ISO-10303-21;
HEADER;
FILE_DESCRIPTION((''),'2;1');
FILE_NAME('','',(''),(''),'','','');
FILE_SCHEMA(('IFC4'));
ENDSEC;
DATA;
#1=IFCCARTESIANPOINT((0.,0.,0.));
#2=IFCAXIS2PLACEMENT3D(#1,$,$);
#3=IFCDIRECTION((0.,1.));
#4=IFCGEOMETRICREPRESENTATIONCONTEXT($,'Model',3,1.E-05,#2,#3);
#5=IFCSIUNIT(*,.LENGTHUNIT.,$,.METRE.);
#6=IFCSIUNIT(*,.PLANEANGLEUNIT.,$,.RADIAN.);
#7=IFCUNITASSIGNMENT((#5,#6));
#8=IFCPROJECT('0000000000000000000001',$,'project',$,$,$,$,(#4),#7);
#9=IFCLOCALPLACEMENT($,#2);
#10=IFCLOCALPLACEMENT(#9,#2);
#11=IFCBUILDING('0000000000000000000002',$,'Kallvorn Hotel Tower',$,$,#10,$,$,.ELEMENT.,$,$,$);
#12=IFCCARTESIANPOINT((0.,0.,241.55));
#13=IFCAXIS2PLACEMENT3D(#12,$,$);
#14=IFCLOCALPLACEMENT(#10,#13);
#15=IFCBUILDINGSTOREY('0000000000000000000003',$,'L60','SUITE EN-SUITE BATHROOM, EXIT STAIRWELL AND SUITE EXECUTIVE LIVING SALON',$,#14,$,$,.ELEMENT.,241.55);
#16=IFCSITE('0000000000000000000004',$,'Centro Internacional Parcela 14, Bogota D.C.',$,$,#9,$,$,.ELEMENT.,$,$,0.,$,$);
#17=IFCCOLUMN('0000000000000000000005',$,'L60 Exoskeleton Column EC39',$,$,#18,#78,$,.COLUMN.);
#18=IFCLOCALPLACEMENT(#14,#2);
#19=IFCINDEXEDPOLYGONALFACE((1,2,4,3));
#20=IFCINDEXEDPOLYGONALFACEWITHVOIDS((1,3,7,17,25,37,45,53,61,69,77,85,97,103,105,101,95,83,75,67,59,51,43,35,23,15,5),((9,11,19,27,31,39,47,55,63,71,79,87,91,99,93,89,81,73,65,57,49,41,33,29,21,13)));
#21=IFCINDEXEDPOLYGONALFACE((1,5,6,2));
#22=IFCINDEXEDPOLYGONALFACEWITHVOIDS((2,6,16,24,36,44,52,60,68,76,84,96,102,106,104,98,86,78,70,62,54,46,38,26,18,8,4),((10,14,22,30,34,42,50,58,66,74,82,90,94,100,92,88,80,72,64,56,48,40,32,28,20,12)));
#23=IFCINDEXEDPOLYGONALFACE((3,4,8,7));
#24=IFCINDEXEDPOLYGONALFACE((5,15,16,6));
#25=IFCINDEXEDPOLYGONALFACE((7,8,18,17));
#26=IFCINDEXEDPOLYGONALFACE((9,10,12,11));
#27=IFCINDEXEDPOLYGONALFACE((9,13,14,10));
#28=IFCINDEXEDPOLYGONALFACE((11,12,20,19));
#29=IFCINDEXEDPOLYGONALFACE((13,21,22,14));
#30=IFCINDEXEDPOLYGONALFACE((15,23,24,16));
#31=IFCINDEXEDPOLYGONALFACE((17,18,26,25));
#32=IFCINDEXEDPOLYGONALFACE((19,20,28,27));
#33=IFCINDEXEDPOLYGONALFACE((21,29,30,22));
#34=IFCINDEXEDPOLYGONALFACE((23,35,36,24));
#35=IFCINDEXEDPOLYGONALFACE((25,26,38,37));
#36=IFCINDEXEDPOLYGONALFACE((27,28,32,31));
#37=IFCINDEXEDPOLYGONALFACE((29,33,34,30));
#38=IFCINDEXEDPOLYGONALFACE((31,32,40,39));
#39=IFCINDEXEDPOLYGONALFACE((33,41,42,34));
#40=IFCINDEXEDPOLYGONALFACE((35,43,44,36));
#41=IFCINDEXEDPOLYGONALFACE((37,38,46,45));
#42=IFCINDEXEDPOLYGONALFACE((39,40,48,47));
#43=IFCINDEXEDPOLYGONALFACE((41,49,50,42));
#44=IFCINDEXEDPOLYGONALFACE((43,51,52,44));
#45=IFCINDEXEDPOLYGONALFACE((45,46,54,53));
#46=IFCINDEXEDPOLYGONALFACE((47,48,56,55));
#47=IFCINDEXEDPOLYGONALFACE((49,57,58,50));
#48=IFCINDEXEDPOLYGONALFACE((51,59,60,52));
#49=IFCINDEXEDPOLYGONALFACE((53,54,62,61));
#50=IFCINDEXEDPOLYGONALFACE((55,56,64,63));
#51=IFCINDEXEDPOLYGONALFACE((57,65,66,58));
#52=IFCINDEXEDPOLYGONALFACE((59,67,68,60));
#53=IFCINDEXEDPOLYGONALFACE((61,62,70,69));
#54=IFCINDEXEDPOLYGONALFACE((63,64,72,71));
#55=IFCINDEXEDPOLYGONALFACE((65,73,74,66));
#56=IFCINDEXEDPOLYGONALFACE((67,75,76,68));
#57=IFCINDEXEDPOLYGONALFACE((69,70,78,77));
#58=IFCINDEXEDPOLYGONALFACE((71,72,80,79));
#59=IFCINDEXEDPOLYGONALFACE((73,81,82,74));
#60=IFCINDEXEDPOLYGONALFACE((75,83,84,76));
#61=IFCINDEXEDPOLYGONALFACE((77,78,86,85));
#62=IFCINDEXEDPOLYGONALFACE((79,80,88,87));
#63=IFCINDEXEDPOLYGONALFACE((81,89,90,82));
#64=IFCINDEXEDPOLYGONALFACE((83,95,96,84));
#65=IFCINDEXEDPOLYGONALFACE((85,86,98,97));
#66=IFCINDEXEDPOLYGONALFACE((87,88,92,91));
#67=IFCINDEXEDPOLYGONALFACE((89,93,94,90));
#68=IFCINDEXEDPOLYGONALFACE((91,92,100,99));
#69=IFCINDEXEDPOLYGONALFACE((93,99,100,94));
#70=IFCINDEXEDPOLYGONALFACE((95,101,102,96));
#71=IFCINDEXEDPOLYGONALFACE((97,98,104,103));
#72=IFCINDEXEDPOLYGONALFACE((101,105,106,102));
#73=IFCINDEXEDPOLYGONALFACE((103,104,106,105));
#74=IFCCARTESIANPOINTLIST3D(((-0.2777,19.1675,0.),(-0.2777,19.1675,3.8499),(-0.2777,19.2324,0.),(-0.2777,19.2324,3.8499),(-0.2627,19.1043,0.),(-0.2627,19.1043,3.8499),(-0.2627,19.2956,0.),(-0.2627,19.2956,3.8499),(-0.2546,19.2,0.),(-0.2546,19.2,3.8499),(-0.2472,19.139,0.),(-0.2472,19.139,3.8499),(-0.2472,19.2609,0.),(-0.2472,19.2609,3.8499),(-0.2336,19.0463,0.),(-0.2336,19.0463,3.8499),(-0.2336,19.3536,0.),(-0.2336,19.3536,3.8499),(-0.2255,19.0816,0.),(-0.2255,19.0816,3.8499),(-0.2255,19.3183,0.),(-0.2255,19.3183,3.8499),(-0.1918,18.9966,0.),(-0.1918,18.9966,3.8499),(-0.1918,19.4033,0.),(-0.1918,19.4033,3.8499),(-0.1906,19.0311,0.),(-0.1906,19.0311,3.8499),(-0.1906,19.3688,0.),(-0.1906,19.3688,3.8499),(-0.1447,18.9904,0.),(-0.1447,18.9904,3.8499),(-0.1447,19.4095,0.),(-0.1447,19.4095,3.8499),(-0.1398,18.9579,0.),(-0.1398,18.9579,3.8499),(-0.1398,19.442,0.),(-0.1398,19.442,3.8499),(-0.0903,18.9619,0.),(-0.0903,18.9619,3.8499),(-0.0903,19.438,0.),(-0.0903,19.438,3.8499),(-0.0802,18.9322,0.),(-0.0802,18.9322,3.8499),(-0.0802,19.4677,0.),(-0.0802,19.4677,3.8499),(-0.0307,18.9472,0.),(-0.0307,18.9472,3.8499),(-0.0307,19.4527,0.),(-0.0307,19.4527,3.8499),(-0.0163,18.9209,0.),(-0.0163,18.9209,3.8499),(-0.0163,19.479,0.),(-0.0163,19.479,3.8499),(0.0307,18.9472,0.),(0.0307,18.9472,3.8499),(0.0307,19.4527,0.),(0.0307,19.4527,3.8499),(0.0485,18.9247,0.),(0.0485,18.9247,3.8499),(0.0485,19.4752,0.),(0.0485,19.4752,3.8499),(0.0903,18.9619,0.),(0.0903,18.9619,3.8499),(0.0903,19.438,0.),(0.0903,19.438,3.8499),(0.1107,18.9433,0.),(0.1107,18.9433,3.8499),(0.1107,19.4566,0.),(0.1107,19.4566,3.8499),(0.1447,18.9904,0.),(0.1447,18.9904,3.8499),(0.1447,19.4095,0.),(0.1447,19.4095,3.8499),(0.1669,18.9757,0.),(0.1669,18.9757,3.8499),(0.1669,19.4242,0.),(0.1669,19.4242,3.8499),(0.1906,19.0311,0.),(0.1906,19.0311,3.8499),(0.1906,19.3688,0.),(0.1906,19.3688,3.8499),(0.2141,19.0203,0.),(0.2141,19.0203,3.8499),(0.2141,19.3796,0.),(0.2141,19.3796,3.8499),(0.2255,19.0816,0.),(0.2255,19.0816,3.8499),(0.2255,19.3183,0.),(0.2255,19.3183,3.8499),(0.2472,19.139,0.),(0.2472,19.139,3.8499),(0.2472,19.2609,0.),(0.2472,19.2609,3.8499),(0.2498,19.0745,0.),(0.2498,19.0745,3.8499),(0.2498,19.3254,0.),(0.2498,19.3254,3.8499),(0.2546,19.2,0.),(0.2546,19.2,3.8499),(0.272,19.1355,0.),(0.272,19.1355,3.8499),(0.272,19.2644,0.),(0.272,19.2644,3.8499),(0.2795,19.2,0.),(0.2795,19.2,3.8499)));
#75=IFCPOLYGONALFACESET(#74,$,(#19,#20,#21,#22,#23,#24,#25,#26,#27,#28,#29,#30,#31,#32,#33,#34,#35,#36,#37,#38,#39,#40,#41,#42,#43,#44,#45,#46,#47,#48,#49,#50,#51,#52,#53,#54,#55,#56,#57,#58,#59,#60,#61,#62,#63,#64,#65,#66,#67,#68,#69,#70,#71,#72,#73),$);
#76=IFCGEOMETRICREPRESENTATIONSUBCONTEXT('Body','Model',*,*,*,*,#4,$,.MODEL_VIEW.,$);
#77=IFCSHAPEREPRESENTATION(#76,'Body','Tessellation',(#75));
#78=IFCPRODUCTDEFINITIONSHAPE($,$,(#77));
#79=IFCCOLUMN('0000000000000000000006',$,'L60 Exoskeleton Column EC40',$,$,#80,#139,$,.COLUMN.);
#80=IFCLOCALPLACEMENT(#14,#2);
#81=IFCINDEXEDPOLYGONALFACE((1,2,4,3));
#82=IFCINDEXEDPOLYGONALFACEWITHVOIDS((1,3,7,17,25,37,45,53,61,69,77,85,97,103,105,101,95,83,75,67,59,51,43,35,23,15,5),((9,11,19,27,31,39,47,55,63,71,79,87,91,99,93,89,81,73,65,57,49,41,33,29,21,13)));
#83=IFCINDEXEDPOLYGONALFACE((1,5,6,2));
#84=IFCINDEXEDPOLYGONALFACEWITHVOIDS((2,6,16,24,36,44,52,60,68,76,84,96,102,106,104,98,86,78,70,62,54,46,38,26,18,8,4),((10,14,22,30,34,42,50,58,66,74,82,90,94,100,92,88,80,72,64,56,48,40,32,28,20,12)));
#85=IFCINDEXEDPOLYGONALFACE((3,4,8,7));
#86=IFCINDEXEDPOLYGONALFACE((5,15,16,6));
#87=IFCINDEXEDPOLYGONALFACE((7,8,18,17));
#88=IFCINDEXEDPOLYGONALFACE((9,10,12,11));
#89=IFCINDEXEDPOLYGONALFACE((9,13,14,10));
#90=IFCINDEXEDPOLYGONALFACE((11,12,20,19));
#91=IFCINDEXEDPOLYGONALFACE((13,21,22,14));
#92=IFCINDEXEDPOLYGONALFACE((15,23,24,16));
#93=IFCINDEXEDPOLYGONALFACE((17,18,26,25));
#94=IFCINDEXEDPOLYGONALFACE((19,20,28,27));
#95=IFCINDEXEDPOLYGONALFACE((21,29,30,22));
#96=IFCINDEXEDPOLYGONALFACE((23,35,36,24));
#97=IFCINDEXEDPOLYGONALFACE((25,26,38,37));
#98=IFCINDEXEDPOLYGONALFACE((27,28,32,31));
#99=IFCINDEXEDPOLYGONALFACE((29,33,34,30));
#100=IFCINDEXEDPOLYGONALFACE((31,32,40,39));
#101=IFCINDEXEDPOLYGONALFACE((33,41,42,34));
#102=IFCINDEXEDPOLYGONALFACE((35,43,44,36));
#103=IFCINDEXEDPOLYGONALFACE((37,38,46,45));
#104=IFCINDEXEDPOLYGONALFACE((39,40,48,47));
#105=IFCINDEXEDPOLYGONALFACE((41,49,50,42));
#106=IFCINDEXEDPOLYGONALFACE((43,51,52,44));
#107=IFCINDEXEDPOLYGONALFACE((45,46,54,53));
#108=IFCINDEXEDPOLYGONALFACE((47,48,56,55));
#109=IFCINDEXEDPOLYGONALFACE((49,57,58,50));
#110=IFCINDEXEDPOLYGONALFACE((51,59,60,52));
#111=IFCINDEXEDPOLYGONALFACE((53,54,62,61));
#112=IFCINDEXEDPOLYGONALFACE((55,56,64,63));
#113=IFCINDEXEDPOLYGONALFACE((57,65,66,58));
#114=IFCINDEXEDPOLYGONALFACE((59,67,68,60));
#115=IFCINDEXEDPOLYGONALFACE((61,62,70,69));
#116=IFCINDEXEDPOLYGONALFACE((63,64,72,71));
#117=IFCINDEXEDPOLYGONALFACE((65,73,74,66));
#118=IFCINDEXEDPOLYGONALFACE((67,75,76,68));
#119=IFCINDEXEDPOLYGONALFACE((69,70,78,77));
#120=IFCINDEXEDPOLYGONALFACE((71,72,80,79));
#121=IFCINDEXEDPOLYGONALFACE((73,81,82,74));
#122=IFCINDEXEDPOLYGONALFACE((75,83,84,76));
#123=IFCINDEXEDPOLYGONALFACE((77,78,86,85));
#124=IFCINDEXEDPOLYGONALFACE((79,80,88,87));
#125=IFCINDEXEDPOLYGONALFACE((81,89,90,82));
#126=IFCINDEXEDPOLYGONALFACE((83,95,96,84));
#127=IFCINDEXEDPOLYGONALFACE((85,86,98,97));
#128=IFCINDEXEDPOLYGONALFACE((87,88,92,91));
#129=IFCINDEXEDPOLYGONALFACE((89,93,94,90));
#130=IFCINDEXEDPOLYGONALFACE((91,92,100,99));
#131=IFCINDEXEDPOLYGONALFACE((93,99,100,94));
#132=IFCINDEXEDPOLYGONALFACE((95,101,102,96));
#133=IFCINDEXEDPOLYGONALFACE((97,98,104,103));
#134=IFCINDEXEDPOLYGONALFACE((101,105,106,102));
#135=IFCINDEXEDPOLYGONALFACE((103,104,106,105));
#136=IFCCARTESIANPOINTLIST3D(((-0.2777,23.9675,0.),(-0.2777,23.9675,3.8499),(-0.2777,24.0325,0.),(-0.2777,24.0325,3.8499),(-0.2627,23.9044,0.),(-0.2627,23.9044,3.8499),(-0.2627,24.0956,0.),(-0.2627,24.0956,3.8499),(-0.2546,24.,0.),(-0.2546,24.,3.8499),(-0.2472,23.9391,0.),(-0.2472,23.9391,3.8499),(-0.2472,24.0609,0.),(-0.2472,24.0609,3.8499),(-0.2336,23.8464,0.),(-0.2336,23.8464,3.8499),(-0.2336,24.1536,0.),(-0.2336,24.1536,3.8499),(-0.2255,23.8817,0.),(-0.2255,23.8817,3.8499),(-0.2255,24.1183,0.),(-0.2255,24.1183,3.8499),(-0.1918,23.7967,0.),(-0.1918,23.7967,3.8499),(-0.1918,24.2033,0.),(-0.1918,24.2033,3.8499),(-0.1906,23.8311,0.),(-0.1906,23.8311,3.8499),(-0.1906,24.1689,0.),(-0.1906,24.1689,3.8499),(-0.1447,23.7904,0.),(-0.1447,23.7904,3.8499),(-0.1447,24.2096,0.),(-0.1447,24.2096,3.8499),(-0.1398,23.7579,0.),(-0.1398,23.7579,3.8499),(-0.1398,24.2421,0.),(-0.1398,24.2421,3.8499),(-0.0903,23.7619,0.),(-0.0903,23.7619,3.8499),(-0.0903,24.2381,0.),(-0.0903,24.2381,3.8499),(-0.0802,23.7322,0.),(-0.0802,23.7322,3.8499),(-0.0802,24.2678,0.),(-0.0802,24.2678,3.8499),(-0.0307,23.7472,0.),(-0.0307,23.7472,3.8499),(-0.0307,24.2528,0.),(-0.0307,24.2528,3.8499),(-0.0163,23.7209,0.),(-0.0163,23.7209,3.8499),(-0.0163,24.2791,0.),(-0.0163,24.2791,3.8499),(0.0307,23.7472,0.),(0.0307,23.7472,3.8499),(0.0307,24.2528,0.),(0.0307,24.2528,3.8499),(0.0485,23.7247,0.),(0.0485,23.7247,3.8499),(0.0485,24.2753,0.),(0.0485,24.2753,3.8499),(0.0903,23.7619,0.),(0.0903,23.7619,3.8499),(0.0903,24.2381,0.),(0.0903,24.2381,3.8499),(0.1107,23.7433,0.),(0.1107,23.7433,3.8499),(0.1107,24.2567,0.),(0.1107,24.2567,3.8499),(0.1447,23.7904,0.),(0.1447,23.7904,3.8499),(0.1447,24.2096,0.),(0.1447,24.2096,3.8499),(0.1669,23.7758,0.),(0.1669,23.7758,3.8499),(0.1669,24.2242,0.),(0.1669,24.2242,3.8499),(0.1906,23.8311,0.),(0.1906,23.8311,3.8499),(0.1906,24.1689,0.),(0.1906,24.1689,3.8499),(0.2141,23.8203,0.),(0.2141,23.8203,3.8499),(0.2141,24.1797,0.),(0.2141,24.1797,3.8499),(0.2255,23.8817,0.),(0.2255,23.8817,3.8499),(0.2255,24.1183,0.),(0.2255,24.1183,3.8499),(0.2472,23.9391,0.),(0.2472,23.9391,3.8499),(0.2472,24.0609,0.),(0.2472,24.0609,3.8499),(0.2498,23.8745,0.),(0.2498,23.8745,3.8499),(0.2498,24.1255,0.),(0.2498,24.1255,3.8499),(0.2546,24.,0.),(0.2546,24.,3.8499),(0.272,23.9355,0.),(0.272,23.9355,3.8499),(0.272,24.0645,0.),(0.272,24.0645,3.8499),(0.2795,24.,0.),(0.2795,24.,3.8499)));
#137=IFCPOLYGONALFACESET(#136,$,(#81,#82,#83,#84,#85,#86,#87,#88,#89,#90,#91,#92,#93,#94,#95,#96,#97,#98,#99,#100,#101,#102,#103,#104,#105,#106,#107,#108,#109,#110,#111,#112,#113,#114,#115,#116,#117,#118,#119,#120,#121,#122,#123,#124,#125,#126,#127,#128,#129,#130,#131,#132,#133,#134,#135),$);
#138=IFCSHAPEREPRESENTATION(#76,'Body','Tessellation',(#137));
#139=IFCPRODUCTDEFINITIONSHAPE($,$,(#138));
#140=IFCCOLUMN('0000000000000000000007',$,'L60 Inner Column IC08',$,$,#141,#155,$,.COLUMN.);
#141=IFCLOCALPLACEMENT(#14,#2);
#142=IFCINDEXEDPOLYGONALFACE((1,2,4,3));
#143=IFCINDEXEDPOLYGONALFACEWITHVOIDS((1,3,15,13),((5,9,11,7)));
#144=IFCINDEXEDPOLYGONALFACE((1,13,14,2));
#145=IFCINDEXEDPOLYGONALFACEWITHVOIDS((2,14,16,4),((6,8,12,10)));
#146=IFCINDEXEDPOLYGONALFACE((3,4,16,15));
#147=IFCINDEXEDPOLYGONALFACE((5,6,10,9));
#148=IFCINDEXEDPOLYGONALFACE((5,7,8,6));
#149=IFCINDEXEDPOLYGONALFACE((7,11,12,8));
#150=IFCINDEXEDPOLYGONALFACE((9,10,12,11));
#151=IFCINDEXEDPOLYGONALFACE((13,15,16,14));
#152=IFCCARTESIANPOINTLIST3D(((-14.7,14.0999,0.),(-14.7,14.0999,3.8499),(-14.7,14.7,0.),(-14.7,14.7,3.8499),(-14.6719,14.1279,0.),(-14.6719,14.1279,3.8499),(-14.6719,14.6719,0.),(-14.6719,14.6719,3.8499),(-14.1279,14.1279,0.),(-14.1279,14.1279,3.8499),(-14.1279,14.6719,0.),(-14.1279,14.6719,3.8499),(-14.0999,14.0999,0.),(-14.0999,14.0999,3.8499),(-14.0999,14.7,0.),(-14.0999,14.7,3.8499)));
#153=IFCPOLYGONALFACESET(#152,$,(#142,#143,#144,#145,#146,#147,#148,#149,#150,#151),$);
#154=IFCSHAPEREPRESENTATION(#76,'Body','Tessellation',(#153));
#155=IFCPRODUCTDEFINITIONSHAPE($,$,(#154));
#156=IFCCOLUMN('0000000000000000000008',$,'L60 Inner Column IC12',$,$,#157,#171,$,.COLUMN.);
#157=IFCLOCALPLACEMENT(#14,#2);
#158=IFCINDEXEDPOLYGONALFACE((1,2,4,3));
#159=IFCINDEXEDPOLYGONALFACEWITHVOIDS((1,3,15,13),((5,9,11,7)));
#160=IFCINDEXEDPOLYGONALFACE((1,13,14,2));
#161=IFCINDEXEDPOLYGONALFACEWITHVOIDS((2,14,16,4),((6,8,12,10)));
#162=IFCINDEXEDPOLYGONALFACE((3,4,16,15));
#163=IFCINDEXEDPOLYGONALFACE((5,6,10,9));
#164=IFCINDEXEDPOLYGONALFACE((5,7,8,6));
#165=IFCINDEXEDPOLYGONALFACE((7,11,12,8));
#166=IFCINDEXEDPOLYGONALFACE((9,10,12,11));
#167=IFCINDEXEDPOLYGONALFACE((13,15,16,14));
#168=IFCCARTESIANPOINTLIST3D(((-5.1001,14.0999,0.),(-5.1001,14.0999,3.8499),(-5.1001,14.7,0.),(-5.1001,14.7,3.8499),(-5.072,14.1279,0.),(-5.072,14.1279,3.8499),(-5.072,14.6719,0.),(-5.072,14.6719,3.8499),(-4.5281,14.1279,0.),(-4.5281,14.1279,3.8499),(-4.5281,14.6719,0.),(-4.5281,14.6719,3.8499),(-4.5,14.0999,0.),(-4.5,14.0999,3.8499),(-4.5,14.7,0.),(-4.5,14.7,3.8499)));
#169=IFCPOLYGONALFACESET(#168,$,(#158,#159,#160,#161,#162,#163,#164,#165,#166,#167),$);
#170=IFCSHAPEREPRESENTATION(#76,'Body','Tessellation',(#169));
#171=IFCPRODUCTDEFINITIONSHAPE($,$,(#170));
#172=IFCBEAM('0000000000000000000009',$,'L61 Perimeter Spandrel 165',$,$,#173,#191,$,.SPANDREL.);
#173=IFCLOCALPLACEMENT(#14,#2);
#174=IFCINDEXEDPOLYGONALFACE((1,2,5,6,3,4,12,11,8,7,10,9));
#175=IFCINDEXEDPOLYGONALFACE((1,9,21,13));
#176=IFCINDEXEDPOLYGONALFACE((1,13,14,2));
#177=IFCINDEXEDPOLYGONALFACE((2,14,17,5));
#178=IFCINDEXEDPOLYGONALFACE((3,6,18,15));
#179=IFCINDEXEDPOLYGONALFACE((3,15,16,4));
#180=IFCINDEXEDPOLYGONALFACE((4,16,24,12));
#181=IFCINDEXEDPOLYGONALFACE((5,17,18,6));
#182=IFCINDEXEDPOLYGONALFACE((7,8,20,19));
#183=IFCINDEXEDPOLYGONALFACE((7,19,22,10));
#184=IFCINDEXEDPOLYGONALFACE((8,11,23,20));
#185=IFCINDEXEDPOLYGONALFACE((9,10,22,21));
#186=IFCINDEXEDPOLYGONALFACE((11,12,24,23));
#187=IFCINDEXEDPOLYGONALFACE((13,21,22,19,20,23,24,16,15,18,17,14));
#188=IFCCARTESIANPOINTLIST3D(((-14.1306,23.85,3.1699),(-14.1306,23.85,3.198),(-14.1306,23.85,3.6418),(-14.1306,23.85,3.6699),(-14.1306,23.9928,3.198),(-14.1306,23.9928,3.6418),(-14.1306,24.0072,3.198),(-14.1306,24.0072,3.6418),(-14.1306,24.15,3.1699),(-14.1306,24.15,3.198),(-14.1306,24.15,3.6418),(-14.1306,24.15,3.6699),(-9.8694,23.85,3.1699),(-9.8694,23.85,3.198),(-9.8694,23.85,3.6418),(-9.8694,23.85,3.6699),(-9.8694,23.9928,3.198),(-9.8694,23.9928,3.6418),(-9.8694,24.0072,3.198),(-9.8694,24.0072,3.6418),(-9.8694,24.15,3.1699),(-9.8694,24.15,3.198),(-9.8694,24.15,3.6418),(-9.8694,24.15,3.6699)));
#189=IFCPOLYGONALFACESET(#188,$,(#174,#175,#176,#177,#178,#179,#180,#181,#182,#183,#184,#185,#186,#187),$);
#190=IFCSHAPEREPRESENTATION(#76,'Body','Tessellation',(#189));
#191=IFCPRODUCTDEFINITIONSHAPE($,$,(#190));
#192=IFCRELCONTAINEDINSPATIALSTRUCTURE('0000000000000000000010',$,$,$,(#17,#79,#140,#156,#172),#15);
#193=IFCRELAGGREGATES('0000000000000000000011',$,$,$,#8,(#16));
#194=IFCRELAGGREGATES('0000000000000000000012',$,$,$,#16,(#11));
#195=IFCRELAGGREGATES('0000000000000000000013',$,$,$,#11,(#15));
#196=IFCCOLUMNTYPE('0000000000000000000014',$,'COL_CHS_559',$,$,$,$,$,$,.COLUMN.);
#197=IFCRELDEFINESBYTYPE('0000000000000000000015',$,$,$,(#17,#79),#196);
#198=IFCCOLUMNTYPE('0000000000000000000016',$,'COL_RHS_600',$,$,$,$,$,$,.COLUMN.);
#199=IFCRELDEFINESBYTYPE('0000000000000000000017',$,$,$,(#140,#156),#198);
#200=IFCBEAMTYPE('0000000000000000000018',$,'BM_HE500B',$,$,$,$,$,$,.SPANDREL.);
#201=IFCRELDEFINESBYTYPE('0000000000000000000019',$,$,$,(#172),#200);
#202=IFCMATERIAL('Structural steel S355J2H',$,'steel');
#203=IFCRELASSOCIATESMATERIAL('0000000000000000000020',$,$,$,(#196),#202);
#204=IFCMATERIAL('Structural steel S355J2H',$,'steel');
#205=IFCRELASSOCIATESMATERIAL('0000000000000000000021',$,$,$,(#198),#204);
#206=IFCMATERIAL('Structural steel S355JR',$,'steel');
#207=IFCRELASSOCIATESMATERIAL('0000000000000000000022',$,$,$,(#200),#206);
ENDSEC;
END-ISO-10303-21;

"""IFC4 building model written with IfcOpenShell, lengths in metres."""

from ifc_helpers import new_model, si_unit, direction, frame, origin, origin_2d, place, context, subcontext, project, spatial, hollow_rectangle, hollow_circle, i_section, extrude, material, material_profile, profile_set, type_object, element, save


model = new_model("IFC4")

# Units and contexts
model_context = context("Model", 3, precision=1e-05, world=origin(), true_north=direction((0.0, 1.0)))
body_context = subcontext(model_context, "Body", "Model", "MODEL_VIEW")
ifc_project = project(units=[si_unit("LENGTHUNIT", "METRE"), si_unit("PLANEANGLEUNIT", "RADIAN")], contexts=[model_context])

# Site, building, storey
site_placement = place(None, origin())
site = spatial("IfcSite", under=ifc_project, at=site_placement, Name="Centro Internacional Parcela 14, Bogota D.C.", CompositionType="ELEMENT", RefElevation=0.0)
building_placement = place(site_placement, origin())
building = spatial("IfcBuilding", under=site, at=building_placement, Name="Kallvorn Hotel Tower", CompositionType="ELEMENT")
storey_placement = place(building_placement, frame((0.0, 0.0, 241.55)))
storey = spatial("IfcBuildingStorey", under=building, at=storey_placement, Name="L60", Description="SUITE EN-SUITE BATHROOM, EXIT STAIRWELL AND SUITE EXECUTIVE LIVING SALON", CompositionType="ELEMENT", Elevation=241.55)

# Columns
ifc_material_1 = material(Name="Structural steel S355J2H", Category="steel")
ifc_material_profile_1 = material_profile(ifc_material_1, hollow_circle(Radius=0.2795, WallThickness=0.0249, at=origin_2d()), Name="CHS 559x25")
ifc_profile_set_1 = profile_set([ifc_material_profile_1], Name="Structural steel S355J2H")
column_type_1 = type_object("IfcColumnType", Name="COL_CHS_559", PredefinedType="COLUMN", material=ifc_profile_set_1)
for number, where, z_axis, x_axis, name in (
    (1, (0.0, 19.2, 0.0), (0.0, 0.0, 1.0), (1.0, 0.0, 0.0), "L60 Exoskeleton Column EC39"),
    (2, (0.0, 24.0, 0.0), (0.0, 0.0, 1.0), (1.0, 0.0, 0.0), "L60 Exoskeleton Column EC40"),
):
    element("IfcColumn", number, at=place(storey_placement, frame(where, z_axis=z_axis, x_axis=x_axis)), inside=storey, type_object=column_type_1, Name=name, PredefinedType="COLUMN", context=body_context, shape_type="SweptSolid", body=[
        extrude(hollow_circle(Radius=0.2795, WallThickness=0.0249, at=origin_2d()), origin(), (0.0, 0.0, 1.0), 3.8499),
    ])
ifc_material_2 = material(Name="Structural steel S355J2H", Category="steel")
ifc_material_profile_2 = material_profile(ifc_material_2, hollow_rectangle(XDim=0.6001, YDim=0.6001, WallThickness=0.0281, at=origin_2d()), Name="RHS 600x600x28")
ifc_profile_set_2 = profile_set([ifc_material_profile_2], Name="Structural steel S355J2H")
column_type_2 = type_object("IfcColumnType", Name="COL_RHS_600", PredefinedType="COLUMN", material=ifc_profile_set_2)
for number, where, z_axis, x_axis, name in (
    (3, (-14.3999, 14.3999, 0.0), (0.0, 0.0, 1.0), (1.0, 0.0, 0.0), "L60 Inner Column IC08"),
    (4, (-4.8, 14.3999, 0.0), (0.0, 0.0, 1.0), (1.0, 0.0, 0.0), "L60 Inner Column IC12"),
):
    element("IfcColumn", number, at=place(storey_placement, frame(where, z_axis=z_axis, x_axis=x_axis)), inside=storey, type_object=column_type_2, Name=name, PredefinedType="COLUMN", context=body_context, shape_type="SweptSolid", body=[
        extrude(hollow_rectangle(XDim=0.6001, YDim=0.6001, WallThickness=0.0281, at=origin_2d()), origin(), (0.0, 0.0, 1.0), 3.8499),
    ])

# Beam
ifc_material_3 = material(Name="Structural steel S355JR", Category="steel")
ifc_material_profile_3 = material_profile(ifc_material_3, i_section(OverallWidth=0.3, OverallDepth=0.5, WebThickness=0.0144, FlangeThickness=0.0281, at=origin_2d()), Name="HE 500 B")
ifc_profile_set_3 = profile_set([ifc_material_profile_3], Name="Structural steel S355JR")
beam_type_1 = type_object("IfcBeamType", Name="BM_HE500B", PredefinedType="SPANDREL", material=ifc_profile_set_3)
beam_1_placement = place(storey_placement, frame((-14.1306, 24.0, 3.4199), z_axis=(1.0, 0.0, 0.0), x_axis=(0.0, 1.0, 0.0)))
element("IfcBeam", 5, at=beam_1_placement, inside=storey, type_object=beam_type_1, Name="L61 Perimeter Spandrel 165", PredefinedType="SPANDREL", context=body_context, shape_type="SweptSolid", body=[
    extrude(i_section(OverallWidth=0.3, OverallDepth=0.5, WebThickness=0.0144, FlangeThickness=0.0281, at=origin_2d()), origin(), (0.0, 0.0, 1.0), 4.2612),
])

save(model, "model.ifc")
